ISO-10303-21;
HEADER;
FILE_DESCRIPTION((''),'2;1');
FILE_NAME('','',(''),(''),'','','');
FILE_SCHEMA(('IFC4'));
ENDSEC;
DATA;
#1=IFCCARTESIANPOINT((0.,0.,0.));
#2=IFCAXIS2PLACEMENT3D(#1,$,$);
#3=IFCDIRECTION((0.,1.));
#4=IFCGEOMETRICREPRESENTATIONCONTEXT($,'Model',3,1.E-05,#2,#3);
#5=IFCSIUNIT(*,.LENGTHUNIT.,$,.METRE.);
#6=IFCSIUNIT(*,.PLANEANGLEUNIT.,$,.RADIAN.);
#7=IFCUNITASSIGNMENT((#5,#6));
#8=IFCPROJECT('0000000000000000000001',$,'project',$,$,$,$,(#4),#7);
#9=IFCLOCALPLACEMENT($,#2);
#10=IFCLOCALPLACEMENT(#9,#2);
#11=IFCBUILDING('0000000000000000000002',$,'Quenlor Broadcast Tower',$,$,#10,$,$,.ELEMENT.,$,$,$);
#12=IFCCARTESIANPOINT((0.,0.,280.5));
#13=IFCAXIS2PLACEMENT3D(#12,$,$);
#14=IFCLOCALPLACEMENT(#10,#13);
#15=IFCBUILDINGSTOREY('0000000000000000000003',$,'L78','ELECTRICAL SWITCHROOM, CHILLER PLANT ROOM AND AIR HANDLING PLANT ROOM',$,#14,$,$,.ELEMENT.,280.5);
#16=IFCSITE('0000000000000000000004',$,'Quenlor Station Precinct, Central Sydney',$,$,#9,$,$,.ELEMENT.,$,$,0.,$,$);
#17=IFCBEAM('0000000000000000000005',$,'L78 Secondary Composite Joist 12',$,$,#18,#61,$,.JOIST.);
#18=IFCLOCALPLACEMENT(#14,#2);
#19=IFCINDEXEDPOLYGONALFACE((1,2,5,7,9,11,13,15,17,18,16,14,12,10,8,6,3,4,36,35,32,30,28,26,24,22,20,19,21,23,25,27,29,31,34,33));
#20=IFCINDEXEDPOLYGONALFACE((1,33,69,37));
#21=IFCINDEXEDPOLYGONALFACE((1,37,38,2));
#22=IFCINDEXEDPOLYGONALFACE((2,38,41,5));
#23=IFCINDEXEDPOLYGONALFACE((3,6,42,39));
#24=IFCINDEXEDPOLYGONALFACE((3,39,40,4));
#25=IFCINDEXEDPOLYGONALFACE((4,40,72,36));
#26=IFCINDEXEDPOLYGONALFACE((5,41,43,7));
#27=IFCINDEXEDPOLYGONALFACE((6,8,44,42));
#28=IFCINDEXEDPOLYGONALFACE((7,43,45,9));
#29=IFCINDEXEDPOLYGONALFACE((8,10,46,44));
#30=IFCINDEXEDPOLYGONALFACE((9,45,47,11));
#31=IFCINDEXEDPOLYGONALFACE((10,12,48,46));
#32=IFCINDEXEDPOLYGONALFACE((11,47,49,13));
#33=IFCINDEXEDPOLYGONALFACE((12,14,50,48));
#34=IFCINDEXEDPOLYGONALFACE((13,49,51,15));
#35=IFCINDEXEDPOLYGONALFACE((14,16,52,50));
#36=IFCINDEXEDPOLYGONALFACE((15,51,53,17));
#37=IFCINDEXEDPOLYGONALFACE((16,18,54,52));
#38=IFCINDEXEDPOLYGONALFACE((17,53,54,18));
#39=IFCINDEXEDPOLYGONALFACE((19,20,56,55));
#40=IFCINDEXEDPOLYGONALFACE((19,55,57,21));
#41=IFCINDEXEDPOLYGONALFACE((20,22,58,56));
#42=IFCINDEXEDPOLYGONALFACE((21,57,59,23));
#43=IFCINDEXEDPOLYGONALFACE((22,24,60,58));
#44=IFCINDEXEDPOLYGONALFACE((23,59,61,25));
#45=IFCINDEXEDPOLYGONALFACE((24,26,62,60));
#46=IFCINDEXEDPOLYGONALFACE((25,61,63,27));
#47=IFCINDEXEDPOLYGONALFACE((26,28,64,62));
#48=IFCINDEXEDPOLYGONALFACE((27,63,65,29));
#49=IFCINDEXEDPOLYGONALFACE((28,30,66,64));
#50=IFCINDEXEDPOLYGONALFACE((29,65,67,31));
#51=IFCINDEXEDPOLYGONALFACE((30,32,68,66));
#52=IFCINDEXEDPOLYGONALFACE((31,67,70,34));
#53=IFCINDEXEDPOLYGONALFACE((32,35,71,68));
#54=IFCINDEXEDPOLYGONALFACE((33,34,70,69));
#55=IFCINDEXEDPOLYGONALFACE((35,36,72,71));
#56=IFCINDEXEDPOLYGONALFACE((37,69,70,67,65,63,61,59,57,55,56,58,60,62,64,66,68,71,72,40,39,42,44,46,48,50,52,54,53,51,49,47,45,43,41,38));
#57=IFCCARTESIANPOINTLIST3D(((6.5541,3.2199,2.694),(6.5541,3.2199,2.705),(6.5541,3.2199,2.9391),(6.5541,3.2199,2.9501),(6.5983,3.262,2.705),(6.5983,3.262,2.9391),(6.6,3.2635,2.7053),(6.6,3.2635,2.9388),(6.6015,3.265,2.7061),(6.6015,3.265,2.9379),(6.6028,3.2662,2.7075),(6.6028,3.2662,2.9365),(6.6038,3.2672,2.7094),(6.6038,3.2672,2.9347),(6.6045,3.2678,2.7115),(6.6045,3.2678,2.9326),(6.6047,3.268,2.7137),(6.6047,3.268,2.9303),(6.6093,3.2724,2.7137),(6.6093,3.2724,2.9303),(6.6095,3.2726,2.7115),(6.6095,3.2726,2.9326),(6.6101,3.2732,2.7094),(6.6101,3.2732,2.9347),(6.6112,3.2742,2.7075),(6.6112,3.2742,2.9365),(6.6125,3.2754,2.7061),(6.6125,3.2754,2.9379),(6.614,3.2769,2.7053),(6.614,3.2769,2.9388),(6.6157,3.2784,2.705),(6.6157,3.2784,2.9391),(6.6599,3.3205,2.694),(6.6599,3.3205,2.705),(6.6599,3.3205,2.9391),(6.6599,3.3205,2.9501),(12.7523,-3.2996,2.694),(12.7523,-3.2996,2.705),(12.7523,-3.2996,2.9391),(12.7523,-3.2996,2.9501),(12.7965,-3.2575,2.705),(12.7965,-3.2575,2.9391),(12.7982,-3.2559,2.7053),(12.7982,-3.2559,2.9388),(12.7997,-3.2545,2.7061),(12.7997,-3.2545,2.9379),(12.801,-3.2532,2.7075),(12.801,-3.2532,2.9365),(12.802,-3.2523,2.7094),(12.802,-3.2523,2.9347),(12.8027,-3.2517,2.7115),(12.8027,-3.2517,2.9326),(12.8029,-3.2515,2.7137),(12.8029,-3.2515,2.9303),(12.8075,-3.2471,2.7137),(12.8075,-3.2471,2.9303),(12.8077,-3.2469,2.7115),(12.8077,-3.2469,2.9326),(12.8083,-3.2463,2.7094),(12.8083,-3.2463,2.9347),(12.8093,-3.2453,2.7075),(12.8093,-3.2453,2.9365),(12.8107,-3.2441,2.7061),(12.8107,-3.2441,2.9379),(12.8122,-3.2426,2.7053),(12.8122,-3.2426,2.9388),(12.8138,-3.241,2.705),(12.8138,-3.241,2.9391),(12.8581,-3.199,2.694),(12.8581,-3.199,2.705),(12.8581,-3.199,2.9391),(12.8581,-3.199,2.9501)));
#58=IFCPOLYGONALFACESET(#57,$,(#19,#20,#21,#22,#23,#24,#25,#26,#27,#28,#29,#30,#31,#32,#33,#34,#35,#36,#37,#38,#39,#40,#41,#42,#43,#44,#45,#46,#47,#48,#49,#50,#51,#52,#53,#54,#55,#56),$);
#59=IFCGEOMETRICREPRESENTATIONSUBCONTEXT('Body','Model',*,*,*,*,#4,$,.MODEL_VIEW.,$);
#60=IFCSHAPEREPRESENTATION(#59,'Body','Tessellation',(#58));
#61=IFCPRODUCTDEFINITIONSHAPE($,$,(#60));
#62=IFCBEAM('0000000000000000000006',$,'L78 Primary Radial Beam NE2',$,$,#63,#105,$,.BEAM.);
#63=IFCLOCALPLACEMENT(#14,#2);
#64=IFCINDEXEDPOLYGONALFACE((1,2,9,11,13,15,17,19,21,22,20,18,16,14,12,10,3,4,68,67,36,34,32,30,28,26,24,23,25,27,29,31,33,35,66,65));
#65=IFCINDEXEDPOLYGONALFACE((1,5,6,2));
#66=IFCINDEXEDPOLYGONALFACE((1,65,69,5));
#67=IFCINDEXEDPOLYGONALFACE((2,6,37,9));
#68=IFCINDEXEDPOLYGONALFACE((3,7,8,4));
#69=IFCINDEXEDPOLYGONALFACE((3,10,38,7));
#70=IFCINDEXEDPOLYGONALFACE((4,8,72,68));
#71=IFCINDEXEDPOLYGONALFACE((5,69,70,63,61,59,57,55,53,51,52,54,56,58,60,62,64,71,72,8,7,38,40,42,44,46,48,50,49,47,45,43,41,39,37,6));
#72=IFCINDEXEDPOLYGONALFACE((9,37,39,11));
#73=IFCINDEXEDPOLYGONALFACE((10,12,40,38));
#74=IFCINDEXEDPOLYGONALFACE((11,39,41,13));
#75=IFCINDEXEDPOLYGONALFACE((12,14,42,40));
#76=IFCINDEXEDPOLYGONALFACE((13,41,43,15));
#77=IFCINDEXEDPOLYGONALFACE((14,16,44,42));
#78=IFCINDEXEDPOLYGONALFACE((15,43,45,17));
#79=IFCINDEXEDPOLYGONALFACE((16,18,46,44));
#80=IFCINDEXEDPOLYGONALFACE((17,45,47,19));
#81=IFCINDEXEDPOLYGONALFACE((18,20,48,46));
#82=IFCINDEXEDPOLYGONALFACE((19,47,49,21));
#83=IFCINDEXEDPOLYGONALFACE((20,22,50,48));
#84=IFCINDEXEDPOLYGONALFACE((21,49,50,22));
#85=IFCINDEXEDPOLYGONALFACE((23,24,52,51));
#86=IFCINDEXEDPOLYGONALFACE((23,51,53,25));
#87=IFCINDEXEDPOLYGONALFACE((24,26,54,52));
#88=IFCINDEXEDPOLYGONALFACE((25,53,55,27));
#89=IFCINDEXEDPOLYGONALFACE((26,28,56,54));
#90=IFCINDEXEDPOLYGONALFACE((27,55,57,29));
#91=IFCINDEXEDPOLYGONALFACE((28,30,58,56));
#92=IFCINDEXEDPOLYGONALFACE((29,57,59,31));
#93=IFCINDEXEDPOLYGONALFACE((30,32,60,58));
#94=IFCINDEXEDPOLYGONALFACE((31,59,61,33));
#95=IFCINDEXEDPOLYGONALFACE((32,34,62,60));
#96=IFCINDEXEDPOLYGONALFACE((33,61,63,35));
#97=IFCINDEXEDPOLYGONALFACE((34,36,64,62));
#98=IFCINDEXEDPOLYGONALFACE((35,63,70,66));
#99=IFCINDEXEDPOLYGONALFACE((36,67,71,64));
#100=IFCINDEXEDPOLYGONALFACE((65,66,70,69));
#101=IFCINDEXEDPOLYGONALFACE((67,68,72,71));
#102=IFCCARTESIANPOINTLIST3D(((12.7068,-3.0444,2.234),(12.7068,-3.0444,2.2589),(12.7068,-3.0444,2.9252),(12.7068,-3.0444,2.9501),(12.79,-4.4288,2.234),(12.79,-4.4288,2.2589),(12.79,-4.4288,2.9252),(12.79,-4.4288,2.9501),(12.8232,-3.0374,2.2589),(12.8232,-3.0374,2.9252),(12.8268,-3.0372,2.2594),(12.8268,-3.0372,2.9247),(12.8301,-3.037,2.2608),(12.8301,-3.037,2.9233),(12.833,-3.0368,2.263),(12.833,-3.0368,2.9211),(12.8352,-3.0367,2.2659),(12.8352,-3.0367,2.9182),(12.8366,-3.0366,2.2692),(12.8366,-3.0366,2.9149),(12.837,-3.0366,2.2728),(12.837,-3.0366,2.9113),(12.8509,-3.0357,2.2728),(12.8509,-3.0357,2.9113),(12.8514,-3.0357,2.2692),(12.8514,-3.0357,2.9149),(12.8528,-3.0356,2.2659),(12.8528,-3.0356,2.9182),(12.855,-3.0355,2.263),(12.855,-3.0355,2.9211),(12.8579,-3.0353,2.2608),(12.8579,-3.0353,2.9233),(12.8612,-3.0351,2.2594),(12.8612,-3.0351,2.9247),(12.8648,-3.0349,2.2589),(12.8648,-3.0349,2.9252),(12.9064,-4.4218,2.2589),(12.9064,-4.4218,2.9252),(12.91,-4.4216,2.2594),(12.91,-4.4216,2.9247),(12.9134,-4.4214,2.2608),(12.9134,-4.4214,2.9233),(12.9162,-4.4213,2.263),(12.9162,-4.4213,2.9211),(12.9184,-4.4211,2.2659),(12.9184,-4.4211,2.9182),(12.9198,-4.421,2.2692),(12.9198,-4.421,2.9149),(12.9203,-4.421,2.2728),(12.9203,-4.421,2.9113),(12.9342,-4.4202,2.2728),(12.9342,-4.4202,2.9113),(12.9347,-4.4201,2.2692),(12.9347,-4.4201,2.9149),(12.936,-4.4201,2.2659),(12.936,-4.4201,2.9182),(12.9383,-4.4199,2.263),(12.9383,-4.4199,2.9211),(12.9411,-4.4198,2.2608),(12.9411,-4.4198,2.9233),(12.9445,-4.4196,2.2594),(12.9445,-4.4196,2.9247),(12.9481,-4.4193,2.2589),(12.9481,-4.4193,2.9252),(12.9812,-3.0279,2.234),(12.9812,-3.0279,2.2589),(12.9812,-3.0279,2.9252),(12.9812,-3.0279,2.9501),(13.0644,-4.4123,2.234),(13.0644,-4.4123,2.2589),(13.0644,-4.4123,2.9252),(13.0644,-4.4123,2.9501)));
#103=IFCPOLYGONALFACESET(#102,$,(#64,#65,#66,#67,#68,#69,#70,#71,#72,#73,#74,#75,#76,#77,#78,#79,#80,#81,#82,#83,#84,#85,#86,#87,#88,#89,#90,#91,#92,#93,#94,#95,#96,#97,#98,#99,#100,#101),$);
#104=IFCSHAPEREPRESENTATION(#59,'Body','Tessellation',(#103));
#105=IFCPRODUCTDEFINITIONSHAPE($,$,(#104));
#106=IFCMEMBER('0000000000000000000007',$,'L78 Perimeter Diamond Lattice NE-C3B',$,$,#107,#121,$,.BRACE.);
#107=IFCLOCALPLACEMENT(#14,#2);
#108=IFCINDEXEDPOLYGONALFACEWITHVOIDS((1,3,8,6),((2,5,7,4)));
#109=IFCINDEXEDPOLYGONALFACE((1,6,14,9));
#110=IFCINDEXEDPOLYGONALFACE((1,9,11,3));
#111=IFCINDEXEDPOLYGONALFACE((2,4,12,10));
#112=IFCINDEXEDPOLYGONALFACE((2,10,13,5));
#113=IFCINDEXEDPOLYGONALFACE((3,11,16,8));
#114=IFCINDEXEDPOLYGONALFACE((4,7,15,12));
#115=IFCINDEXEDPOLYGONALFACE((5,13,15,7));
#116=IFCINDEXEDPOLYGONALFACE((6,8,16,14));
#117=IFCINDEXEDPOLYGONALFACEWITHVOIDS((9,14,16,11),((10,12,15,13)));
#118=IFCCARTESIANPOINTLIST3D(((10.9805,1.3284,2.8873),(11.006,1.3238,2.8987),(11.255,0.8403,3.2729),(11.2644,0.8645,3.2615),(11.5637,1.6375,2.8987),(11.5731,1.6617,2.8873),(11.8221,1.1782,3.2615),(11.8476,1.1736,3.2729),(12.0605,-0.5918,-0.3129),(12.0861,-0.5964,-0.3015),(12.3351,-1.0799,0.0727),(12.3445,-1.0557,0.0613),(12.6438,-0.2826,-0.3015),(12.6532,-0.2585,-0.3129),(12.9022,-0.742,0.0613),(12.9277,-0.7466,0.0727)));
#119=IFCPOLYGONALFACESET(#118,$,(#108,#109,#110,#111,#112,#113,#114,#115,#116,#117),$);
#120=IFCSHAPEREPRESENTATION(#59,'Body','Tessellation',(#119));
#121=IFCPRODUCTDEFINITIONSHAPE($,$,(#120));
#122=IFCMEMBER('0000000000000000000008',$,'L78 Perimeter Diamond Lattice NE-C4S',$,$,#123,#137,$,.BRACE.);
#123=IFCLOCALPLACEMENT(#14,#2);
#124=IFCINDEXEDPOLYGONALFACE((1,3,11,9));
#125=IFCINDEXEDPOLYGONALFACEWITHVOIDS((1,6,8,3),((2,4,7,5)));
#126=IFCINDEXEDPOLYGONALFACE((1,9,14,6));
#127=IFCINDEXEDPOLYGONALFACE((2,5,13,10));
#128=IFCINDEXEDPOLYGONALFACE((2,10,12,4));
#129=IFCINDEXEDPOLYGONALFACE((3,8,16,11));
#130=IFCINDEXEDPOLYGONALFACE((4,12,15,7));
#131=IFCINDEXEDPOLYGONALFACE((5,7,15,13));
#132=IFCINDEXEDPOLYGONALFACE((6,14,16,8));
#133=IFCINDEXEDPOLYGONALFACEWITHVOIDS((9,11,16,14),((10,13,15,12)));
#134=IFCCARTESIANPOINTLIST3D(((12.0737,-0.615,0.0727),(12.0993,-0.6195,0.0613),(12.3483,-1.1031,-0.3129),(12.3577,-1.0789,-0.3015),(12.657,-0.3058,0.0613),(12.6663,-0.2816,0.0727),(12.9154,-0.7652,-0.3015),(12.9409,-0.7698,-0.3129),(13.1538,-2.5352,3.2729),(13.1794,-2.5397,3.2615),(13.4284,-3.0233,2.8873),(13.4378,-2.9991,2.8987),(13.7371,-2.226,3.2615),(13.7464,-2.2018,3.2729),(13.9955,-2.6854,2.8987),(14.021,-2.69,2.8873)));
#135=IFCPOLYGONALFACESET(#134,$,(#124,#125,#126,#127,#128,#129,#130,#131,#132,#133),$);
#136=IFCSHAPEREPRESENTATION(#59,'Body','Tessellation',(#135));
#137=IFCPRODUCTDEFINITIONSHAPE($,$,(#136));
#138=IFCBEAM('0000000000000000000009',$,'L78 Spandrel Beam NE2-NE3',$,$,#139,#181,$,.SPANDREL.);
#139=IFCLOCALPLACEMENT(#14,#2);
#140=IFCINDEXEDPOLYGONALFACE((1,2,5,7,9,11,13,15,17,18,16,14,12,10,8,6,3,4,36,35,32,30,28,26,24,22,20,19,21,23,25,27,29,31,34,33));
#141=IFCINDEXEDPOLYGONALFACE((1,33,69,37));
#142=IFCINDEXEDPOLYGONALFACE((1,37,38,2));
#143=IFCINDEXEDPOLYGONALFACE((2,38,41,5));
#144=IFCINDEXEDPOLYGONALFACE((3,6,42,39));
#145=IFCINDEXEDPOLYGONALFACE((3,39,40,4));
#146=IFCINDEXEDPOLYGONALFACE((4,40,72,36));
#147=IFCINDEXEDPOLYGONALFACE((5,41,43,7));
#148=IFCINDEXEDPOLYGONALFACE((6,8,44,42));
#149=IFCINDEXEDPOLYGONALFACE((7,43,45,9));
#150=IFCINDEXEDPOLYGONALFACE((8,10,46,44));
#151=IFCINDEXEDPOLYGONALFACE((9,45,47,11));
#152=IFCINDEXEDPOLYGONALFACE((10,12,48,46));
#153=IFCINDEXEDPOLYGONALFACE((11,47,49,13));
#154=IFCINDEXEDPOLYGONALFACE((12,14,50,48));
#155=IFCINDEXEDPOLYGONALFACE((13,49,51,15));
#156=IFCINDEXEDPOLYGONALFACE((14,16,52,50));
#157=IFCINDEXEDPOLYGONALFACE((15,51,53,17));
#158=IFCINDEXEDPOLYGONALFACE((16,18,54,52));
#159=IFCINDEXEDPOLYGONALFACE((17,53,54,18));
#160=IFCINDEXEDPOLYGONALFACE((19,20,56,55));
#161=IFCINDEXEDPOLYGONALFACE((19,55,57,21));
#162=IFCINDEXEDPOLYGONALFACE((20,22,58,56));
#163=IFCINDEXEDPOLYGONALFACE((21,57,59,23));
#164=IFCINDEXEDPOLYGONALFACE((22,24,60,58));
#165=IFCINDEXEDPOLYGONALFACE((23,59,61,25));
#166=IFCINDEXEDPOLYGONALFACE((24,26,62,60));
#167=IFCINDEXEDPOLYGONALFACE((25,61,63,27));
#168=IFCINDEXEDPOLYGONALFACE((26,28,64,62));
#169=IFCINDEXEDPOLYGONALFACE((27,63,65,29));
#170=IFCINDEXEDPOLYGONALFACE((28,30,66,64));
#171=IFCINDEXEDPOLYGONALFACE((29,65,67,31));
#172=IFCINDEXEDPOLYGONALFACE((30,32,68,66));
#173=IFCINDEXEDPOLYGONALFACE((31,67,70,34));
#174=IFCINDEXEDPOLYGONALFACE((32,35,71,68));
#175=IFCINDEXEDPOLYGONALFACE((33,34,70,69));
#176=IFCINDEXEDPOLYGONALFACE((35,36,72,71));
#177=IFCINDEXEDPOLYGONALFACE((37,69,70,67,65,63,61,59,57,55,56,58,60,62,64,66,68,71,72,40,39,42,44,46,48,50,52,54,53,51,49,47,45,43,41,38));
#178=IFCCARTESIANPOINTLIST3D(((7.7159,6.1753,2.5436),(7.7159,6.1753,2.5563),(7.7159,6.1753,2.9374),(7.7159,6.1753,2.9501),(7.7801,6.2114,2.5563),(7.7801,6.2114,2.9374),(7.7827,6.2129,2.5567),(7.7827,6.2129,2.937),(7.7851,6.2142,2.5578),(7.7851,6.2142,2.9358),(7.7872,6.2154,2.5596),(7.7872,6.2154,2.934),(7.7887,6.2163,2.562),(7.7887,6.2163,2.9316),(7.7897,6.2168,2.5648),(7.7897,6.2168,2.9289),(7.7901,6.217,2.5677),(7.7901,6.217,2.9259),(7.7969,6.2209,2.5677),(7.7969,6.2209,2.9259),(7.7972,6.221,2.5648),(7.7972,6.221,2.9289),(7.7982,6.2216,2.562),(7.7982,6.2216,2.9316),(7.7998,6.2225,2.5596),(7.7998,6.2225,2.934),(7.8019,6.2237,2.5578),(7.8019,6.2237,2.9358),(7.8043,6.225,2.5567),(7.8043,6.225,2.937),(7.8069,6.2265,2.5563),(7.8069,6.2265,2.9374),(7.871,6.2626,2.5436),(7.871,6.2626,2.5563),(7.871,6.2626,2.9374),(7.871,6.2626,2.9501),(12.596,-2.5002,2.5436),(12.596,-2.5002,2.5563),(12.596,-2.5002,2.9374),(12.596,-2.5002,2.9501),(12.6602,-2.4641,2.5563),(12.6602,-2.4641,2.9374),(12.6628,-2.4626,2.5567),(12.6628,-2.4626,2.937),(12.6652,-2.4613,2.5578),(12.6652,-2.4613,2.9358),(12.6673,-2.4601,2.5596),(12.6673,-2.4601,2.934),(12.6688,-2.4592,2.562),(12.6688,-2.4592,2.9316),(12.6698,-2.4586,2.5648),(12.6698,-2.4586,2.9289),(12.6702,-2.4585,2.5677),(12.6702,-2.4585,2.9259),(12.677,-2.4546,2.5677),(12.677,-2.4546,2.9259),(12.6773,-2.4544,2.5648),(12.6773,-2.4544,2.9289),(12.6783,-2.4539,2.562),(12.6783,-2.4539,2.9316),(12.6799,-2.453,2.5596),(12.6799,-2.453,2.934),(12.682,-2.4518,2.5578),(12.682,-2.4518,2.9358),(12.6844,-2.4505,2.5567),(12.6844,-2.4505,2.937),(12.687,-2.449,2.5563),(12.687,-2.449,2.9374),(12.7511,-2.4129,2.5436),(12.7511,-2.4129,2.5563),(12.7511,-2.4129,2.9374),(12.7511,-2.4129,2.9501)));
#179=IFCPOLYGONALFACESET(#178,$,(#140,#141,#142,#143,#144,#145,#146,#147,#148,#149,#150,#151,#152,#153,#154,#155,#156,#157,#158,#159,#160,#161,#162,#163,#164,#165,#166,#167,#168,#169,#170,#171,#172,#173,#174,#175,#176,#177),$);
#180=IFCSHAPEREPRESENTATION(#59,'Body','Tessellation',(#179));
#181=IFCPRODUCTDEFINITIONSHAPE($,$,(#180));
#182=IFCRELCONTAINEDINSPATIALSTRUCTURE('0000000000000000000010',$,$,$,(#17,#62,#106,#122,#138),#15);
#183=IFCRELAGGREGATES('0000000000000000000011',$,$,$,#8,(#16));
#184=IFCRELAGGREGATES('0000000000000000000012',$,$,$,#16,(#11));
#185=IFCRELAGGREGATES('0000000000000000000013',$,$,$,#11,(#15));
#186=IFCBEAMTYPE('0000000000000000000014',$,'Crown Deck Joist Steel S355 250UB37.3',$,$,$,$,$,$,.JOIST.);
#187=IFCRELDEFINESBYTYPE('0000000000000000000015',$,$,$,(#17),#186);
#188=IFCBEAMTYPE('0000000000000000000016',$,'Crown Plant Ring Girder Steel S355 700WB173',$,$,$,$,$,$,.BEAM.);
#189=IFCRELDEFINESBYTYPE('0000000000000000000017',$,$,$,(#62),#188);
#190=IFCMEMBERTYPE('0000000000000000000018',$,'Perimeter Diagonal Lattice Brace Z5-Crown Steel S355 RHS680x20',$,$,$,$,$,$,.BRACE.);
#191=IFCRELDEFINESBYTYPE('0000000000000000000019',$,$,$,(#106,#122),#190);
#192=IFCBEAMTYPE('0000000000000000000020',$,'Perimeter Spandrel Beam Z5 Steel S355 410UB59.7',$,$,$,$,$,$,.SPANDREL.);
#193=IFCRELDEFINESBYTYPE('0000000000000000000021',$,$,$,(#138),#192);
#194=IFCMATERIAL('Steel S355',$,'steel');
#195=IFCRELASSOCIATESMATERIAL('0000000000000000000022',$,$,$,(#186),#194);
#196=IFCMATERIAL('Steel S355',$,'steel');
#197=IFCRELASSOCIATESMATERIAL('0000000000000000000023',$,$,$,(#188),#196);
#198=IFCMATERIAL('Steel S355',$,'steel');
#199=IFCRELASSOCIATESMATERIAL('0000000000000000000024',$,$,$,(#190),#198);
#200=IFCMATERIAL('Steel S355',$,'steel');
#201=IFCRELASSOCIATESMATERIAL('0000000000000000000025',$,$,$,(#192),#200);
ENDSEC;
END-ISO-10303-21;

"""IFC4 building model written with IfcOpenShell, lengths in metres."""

from ifc_helpers import new_model, si_unit, direction, frame, origin, origin_2d, place, context, subcontext, project, spatial, hollow_rectangle, i_section, extrude, material, material_profile, profile_set, type_object, element, save


model = new_model("IFC4")

# Units and contexts
model_context = context("Model", 3, precision=1e-05, world=origin(), true_north=direction((0.0, 1.0)))
body_context = subcontext(model_context, "Body", "Model", "MODEL_VIEW")
ifc_project = project(units=[si_unit("LENGTHUNIT", "METRE"), si_unit("PLANEANGLEUNIT", "RADIAN")], contexts=[model_context])

# Site, building, storey
site_placement = place(None, origin())
site = spatial("IfcSite", under=ifc_project, at=site_placement, Name="Quenlor Station Precinct, Central Sydney", CompositionType="ELEMENT", RefElevation=0.0)
building_placement = place(site_placement, origin())
building = spatial("IfcBuilding", under=site, at=building_placement, Name="Quenlor Broadcast Tower", CompositionType="ELEMENT")
storey_placement = place(building_placement, frame((0.0, 0.0, 280.5)))
storey = spatial("IfcBuildingStorey", under=building, at=storey_placement, Name="L78", Description="ELECTRICAL SWITCHROOM, CHILLER PLANT ROOM AND AIR HANDLING PLANT ROOM", CompositionType="ELEMENT", Elevation=280.5)

# Beams
ifc_material_1 = material(Name="Steel S355", Category="steel")
ifc_material_profile_1 = material_profile(ifc_material_1, i_section(OverallWidth=0.146, OverallDepth=0.2561, WebThickness=0.0063, FlangeThickness=0.011, FilletRadius=0.0088, at=origin_2d()))
ifc_profile_set_1 = profile_set([ifc_material_profile_1], Name="Steel S355 250UB37.3")
beam_type_1 = type_object("IfcBeamType", Name="Crown Deck Joist Steel S355 250UB37.3", PredefinedType="JOIST", material=ifc_profile_set_1)
beam_1_placement = place(storey_placement, frame((12.8052, -3.2493, 2.822), z_axis=(-0.689023, 0.724739, 0.0), x_axis=(-0.724739, -0.689023, 0.0)))
element("IfcBeam", 1, at=beam_1_placement, inside=storey, type_object=beam_type_1, Name="L78 Secondary Composite Joist 12", PredefinedType="JOIST", context=body_context, shape_type="SweptSolid", body=[
    extrude(i_section(OverallWidth=0.146, OverallDepth=0.2561, WebThickness=0.0063, FlangeThickness=0.011, FilletRadius=0.0088, at=origin_2d()), origin(), (0.0, 0.0, 1.0), 8.9956),
])
ifc_material_2 = material(Name="Steel S355", Category="steel")
ifc_material_profile_2 = material_profile(ifc_material_2, i_section(OverallWidth=0.2749, OverallDepth=0.7161, WebThickness=0.0139, FlangeThickness=0.0249, FilletRadius=0.0139, at=origin_2d()))
ifc_profile_set_2 = profile_set([ifc_material_profile_2], Name="Steel S355 700WB173")
beam_type_2 = type_object("IfcBeamType", Name="Crown Plant Ring Girder Steel S355 700WB173", PredefinedType="BEAM", material=ifc_profile_set_2)
beam_2_placement = place(storey_placement, frame((12.844, -3.0361, 2.592), z_axis=(0.060022, -0.998197, 0.0), x_axis=(0.998197, 0.060022, 0.0)))
element("IfcBeam", 2, at=beam_2_placement, inside=storey, type_object=beam_type_2, Name="L78 Primary Radial Beam NE2", PredefinedType="BEAM", context=body_context, shape_type="SweptSolid", body=[
    extrude(i_section(OverallWidth=0.2749, OverallDepth=0.7161, WebThickness=0.0139, FlangeThickness=0.0249, FilletRadius=0.0139, at=origin_2d()), origin(), (0.0, 0.0, 1.0), 1.387),
])

# Members
ifc_material_3 = material(Name="Steel S355", Category="steel")
ifc_material_profile_3 = material_profile(ifc_material_3, hollow_rectangle(XDim=0.6799, YDim=0.6799, WallThickness=0.02, at=origin_2d()))
ifc_profile_set_3 = profile_set([ifc_material_profile_3], Name="Steel S355 RHS680x680x20")
member_type = type_object("IfcMemberType", Name="Perimeter Diagonal Lattice Brace Z5-Crown Steel S355 RHS680x20", PredefinedType="BRACE", material=ifc_profile_set_3)
for number, where, z_axis, x_axis, name in (
    (3, (12.4941, -0.6692, -0.1201), (-0.277997, 0.494225, 0.823687), (-0.871578, -0.490256, 0.0), "L78 Perimeter Diamond Lattice NE-C3B"),
    (4, (12.5073, -0.6924, -0.1201), (0.277997, -0.494225, 0.823687), (0.871578, 0.490256, 0.0), "L78 Perimeter Diamond Lattice NE-C4S"),
):
    element("IfcMember", number, at=place(storey_placement, frame(where, z_axis=z_axis, x_axis=x_axis)), inside=storey, type_object=member_type, Name=name, PredefinedType="BRACE", context=body_context, shape_type="SweptSolid", body=[
        extrude(hollow_rectangle(XDim=0.6799, YDim=0.6799, WallThickness=0.02, at=origin_2d()), origin(), (0.0, 0.0, 1.0), 3.8853),
    ])

# Beam
ifc_material_4 = material(Name="Steel S355", Category="steel")
ifc_material_profile_4 = material_profile(ifc_material_4, i_section(OverallWidth=0.178, OverallDepth=0.4065, WebThickness=0.0078, FlangeThickness=0.0127, FilletRadius=0.0115, at=origin_2d()))
ifc_profile_set_4 = profile_set([ifc_material_profile_4], Name="Steel S355 410UB59.7")
beam_type_3 = type_object("IfcBeamType", Name="Perimeter Spandrel Beam Z5 Steel S355 410UB59.7", PredefinedType="SPANDREL", material=ifc_profile_set_4)
beam_3_placement = place(storey_placement, frame((12.6736, -2.4565, 2.7468), z_axis=(-0.490272, 0.87157, 0.0), x_axis=(-0.87157, -0.490272, 0.0)))
element("IfcBeam", 5, at=beam_3_placement, inside=storey, type_object=beam_type_3, Name="L78 Spandrel Beam NE2-NE3", PredefinedType="SPANDREL", context=body_context, shape_type="SweptSolid", body=[
    extrude(i_section(OverallWidth=0.178, OverallDepth=0.4065, WebThickness=0.0078, FlangeThickness=0.0127, FilletRadius=0.0115, at=origin_2d()), origin(), (0.0, 0.0, 1.0), 9.9539),
])

save(model, "model.ifc")
